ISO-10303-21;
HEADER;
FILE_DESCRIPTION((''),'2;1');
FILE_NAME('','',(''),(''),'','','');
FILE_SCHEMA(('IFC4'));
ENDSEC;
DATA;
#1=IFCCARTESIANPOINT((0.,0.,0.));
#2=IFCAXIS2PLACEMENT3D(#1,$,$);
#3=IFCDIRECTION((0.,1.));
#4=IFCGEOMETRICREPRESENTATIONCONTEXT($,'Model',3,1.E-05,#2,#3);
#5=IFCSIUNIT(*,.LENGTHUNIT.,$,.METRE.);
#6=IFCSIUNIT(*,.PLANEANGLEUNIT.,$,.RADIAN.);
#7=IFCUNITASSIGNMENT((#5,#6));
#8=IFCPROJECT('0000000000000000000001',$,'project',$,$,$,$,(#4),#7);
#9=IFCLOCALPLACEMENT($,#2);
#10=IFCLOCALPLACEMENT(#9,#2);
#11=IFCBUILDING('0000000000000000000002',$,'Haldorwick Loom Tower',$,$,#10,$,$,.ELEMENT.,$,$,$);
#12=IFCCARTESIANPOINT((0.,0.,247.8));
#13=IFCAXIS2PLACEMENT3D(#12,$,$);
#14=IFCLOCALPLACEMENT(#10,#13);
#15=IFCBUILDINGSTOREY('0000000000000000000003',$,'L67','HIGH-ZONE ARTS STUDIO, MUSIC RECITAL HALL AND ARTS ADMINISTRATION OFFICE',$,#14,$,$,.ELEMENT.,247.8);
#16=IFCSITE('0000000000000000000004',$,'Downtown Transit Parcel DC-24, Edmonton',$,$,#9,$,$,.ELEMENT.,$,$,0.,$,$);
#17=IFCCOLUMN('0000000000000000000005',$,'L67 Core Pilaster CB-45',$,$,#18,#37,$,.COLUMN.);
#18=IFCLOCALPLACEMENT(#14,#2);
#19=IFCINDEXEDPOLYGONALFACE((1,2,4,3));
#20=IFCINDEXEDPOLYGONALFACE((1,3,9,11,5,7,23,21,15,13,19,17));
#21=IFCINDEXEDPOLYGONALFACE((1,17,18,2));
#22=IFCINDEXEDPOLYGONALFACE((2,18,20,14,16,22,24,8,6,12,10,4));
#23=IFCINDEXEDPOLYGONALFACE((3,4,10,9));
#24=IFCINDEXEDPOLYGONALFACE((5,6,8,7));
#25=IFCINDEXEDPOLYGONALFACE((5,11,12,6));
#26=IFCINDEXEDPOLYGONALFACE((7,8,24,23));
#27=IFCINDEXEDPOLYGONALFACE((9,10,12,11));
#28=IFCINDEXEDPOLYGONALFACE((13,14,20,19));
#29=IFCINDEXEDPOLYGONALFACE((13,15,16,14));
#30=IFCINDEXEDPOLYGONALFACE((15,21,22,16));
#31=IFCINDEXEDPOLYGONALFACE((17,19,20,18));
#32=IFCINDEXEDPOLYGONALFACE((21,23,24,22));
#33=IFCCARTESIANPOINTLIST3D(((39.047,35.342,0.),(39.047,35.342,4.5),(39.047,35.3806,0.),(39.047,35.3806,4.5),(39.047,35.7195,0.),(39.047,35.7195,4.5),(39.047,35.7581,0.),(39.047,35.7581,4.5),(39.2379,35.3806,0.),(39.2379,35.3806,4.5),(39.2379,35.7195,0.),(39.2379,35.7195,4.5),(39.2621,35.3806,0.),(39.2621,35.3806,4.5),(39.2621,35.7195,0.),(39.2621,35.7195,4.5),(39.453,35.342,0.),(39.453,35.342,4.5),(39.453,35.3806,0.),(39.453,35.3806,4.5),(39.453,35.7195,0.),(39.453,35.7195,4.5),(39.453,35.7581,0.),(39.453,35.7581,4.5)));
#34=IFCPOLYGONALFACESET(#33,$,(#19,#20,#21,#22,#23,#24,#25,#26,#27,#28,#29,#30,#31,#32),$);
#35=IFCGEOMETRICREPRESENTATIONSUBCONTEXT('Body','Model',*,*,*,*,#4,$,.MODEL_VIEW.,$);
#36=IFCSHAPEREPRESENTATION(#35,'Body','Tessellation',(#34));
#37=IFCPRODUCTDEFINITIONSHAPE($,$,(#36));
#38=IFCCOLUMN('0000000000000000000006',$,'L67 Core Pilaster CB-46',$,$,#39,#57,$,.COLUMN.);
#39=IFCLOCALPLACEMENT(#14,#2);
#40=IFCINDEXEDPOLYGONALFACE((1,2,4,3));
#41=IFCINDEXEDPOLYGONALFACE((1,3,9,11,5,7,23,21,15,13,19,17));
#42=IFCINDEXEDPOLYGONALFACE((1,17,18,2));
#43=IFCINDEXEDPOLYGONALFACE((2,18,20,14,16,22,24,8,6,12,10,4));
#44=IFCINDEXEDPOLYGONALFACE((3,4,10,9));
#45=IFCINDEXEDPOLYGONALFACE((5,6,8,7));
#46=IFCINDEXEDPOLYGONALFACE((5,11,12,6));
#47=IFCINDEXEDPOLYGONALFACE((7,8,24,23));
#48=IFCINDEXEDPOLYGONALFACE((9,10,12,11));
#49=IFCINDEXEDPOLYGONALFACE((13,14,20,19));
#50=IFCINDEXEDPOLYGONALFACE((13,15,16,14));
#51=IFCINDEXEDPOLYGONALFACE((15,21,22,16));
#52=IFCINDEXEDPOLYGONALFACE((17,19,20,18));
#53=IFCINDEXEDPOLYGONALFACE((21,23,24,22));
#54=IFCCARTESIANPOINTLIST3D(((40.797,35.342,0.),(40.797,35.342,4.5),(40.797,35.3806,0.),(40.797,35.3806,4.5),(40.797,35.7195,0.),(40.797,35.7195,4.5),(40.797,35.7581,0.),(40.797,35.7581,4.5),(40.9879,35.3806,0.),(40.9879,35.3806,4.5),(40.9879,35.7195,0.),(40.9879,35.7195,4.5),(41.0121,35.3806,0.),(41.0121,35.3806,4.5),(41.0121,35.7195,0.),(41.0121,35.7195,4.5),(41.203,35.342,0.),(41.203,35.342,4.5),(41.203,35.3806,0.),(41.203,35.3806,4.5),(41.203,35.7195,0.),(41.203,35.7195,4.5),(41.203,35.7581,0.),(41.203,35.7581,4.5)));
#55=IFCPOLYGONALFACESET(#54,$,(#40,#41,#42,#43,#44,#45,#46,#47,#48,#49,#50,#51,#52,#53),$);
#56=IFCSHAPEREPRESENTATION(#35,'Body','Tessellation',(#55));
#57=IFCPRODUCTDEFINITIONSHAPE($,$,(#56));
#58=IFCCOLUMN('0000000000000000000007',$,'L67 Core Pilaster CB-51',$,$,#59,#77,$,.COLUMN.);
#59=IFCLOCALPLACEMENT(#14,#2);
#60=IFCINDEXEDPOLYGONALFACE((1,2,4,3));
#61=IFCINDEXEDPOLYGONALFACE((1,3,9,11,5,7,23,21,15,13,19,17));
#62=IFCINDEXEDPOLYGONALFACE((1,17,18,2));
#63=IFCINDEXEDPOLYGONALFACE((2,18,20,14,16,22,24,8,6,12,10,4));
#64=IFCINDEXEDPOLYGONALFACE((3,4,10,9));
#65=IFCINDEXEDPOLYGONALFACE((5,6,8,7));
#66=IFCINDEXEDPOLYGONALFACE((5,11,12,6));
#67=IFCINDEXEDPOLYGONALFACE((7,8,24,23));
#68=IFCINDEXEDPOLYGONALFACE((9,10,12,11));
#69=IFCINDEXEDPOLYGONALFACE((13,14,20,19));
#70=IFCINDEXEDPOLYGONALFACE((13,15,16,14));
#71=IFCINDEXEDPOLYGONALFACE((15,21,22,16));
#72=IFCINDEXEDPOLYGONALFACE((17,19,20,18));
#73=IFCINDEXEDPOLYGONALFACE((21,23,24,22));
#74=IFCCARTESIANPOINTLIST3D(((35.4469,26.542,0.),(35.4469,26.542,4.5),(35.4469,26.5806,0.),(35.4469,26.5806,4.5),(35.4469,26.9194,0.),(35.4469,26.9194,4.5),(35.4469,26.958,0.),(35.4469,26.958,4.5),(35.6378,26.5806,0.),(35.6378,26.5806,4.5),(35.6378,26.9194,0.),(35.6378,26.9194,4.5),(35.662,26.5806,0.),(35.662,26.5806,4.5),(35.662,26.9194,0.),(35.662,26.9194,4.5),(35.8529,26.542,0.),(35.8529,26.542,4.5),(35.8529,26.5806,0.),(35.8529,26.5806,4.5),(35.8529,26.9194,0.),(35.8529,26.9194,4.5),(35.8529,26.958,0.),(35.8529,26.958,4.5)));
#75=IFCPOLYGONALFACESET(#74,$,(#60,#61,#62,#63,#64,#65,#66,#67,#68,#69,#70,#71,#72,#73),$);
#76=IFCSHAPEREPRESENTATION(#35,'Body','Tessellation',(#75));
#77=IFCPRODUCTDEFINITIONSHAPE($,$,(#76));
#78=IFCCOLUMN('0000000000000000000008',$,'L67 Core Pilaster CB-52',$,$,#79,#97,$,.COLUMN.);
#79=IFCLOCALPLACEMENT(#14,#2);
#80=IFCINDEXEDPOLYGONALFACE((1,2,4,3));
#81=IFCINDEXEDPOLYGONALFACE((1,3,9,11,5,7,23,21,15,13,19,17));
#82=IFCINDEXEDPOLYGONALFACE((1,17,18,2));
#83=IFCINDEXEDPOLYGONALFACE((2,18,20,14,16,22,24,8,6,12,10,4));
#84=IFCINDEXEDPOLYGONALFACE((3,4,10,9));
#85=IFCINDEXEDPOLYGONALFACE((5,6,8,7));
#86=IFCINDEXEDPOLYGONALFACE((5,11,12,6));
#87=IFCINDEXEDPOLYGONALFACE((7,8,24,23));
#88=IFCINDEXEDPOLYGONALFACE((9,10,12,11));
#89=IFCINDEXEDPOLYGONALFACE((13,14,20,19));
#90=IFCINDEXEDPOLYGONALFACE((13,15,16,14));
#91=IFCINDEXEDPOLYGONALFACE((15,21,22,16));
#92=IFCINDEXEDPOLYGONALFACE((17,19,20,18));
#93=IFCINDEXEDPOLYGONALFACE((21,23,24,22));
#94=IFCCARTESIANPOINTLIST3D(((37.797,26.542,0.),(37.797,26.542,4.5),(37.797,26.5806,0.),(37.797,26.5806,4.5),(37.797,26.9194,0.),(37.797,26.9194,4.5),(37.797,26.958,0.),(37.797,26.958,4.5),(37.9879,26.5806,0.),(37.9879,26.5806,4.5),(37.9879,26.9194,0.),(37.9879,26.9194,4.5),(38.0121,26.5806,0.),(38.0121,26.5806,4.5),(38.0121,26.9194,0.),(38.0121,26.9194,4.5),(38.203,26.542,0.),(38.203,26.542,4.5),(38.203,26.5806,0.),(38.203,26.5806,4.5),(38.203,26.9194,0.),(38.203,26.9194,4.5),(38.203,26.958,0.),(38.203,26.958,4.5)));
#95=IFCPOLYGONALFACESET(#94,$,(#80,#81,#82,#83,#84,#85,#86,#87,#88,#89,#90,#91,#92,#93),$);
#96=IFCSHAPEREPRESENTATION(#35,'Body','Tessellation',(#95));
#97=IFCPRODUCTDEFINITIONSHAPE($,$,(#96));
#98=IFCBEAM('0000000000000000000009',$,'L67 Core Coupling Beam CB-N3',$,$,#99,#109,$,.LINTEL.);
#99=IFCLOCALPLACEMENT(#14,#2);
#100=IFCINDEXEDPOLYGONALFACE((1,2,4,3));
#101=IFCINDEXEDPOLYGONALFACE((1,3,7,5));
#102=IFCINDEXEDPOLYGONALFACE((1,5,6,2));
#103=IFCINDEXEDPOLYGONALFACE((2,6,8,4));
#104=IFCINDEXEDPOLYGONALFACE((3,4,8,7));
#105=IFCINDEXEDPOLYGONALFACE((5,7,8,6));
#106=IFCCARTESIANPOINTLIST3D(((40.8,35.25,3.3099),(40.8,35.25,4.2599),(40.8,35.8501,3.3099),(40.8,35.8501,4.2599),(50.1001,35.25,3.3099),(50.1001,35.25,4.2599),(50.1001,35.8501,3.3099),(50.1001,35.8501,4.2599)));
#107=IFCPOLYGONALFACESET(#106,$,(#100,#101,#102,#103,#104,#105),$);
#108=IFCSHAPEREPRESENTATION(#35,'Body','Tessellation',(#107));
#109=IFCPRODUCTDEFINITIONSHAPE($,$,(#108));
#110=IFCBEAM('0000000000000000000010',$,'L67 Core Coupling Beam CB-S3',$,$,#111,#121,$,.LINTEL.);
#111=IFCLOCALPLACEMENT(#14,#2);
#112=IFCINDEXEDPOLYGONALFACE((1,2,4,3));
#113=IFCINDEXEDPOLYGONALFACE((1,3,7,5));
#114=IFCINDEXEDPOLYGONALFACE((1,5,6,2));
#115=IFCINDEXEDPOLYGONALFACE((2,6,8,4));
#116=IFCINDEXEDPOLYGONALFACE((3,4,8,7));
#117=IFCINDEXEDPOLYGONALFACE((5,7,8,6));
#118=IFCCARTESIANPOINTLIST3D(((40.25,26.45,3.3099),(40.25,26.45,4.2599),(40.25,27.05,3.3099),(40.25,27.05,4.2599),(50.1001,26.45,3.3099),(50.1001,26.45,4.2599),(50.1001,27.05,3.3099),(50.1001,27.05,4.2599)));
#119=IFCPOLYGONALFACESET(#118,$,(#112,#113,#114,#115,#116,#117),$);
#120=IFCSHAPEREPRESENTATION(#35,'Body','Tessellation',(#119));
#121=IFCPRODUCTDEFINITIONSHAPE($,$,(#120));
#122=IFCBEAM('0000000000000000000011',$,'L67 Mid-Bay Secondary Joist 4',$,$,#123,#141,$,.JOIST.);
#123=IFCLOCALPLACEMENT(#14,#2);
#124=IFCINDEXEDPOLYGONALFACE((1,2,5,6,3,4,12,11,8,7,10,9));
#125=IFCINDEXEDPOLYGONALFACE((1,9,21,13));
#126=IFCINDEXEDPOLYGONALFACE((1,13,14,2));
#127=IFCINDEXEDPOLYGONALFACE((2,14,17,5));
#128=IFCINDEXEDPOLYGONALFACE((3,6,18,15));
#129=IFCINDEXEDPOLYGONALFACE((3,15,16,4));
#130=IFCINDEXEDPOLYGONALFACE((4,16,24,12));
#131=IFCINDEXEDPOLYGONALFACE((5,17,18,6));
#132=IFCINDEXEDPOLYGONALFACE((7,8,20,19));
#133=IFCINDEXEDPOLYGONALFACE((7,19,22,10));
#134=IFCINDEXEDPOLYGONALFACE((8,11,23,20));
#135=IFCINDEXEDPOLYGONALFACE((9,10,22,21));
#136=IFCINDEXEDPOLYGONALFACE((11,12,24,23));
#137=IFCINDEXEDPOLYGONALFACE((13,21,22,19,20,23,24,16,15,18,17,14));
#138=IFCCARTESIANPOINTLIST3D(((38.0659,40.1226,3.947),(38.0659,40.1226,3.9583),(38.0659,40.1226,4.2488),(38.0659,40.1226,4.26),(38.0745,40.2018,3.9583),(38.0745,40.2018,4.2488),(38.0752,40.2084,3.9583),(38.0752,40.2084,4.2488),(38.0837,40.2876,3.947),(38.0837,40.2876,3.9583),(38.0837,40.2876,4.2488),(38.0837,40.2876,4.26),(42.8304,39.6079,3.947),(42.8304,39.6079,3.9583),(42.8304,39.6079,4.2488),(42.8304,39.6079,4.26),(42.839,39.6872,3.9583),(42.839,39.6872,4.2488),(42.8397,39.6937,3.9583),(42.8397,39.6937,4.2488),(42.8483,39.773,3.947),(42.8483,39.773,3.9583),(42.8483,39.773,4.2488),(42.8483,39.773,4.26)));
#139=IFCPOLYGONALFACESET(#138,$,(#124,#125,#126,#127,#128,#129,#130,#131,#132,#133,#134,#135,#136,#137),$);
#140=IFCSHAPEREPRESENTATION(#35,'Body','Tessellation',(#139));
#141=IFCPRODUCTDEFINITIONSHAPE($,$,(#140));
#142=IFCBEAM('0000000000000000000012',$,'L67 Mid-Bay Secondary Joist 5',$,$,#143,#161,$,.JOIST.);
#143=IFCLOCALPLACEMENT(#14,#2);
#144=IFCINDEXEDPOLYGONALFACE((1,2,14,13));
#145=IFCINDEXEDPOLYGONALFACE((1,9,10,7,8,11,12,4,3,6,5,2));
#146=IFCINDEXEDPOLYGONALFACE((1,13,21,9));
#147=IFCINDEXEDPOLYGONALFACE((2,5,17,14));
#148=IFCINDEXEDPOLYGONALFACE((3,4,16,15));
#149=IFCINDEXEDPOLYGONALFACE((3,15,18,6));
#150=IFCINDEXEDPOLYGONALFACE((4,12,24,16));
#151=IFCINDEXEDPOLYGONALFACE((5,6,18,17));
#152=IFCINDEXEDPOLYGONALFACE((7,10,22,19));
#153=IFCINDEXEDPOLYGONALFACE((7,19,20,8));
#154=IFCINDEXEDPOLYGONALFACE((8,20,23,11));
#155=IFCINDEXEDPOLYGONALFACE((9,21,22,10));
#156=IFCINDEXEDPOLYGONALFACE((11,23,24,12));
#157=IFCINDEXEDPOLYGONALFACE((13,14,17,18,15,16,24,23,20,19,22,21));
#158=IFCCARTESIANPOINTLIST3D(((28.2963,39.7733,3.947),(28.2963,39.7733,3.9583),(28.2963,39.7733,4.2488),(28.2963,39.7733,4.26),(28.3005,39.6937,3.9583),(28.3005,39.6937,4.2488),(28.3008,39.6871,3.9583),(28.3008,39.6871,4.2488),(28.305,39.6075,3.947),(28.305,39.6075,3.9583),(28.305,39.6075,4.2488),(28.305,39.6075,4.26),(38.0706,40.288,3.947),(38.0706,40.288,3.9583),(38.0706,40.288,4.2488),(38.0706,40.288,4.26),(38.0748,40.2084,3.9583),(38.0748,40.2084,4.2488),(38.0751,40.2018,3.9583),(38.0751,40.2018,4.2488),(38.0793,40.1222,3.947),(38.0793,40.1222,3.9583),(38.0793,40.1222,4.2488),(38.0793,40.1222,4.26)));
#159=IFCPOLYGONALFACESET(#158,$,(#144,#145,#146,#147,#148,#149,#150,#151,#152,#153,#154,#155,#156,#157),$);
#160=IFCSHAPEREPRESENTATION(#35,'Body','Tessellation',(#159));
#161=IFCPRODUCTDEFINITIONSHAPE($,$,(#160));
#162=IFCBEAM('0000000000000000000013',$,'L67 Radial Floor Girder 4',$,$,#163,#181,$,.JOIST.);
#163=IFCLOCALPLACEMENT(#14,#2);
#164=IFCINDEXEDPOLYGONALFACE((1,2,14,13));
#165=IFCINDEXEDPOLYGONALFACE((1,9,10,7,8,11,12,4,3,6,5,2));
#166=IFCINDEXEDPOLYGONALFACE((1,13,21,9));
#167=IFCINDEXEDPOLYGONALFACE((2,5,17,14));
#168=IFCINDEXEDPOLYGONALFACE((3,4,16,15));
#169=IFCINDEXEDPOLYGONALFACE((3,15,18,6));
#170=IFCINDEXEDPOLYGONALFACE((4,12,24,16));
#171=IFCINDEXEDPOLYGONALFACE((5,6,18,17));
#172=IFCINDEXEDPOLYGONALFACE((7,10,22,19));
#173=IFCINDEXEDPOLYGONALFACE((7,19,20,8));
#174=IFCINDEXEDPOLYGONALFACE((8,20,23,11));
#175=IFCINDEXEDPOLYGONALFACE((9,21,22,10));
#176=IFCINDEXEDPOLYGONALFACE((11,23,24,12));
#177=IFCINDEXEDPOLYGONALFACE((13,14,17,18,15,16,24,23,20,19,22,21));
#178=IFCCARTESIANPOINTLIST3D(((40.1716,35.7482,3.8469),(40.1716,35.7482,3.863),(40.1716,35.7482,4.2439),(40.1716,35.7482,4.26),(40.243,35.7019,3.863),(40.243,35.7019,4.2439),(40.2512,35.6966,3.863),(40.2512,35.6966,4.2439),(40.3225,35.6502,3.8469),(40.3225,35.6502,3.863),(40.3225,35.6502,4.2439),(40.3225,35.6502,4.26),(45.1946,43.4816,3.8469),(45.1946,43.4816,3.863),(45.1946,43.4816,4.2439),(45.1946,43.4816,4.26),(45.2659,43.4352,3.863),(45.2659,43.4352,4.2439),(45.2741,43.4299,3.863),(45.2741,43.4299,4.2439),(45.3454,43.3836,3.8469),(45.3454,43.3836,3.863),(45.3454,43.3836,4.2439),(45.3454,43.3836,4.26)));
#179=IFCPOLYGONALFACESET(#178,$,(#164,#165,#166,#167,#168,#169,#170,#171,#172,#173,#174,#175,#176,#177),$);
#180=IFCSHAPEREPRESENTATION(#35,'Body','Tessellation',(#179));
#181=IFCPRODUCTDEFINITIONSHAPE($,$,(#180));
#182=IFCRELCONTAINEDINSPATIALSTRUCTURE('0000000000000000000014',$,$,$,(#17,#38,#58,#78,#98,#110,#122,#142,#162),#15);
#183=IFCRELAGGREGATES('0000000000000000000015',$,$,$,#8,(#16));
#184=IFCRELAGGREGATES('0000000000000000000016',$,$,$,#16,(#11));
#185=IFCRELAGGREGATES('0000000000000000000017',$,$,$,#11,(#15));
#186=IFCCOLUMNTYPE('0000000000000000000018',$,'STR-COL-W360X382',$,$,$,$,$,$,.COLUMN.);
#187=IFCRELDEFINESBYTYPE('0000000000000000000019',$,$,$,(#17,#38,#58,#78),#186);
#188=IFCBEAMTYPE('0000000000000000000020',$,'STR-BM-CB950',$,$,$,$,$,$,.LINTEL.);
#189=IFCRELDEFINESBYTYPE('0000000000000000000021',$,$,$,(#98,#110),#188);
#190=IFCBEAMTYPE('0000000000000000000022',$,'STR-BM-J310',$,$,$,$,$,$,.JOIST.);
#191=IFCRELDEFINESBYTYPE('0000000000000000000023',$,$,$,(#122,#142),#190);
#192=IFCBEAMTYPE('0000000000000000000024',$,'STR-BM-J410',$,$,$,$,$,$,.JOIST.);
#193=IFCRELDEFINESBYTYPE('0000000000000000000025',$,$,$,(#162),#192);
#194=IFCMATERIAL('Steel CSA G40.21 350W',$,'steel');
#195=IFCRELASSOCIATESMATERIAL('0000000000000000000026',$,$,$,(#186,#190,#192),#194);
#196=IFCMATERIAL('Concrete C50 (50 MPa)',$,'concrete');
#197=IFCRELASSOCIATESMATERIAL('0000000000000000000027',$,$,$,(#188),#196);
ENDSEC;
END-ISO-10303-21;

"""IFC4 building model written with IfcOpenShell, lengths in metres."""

from ifc_helpers import new_model, si_unit, direction, frame, origin, origin_2d, place, context, subcontext, project, spatial, rectangle, i_section, extrude, material, material_profile, profile_set, type_object, element, save


model = new_model("IFC4")

# Units and contexts
model_context = context("Model", 3, precision=1e-05, world=origin(), true_north=direction((0.0, 1.0)))
body_context = subcontext(model_context, "Body", "Model", "MODEL_VIEW")
ifc_project = project(units=[si_unit("LENGTHUNIT", "METRE"), si_unit("PLANEANGLEUNIT", "RADIAN")], contexts=[model_context])

# Site, building, storey
site_placement = place(None, origin())
site = spatial("IfcSite", under=ifc_project, at=site_placement, Name="Downtown Transit Parcel DC-24, Edmonton", CompositionType="ELEMENT", RefElevation=0.0)
building_placement = place(site_placement, origin())
building = spatial("IfcBuilding", under=site, at=building_placement, Name="Haldorwick Loom Tower", CompositionType="ELEMENT")
storey_placement = place(building_placement, frame((0.0, 0.0, 247.8)))
storey = spatial("IfcBuildingStorey", under=building, at=storey_placement, Name="L67", Description="HIGH-ZONE ARTS STUDIO, MUSIC RECITAL HALL AND ARTS ADMINISTRATION OFFICE", CompositionType="ELEMENT", Elevation=247.8)

# Columns
ifc_material_1 = material(Name="Steel CSA G40.21 350W", Category="steel")
ifc_material_profile_1 = material_profile(ifc_material_1, i_section(OverallWidth=0.406, OverallDepth=0.416, WebThickness=0.0242, FlangeThickness=0.0386, at=origin_2d()), Name="W360X382", Category="steel")
ifc_profile_set_1 = profile_set([ifc_material_profile_1], Name="Steel CSA G40.21 350W")
column_type_1 = type_object("IfcColumnType", Name="STR-COL-W360X382", PredefinedType="COLUMN", material=ifc_profile_set_1)
for number, where, z_axis, x_axis, name in (
    (1, (39.25, 35.55, 0.0), (0.0, 0.0, 1.0), (1.0, 0.0, 0.0), "L67 Core Pilaster CB-45"),
    (2, (41.0, 35.55, 0.0), (0.0, 0.0, 1.0), (1.0, 0.0, 0.0), "L67 Core Pilaster CB-46"),
    (3, (35.6499, 26.75, 0.0), (0.0, 0.0, 1.0), (1.0, 0.0, 0.0), "L67 Core Pilaster CB-51"),
    (4, (38.0, 26.75, 0.0), (0.0, 0.0, 1.0), (1.0, 0.0, 0.0), "L67 Core Pilaster CB-52"),
):
    element("IfcColumn", number, at=place(storey_placement, frame(where, z_axis=z_axis, x_axis=x_axis)), inside=storey, type_object=column_type_1, Name=name, PredefinedType="COLUMN", context=body_context, shape_type="SweptSolid", body=[
        extrude(i_section(OverallWidth=0.406, OverallDepth=0.416, WebThickness=0.0242, FlangeThickness=0.0386, at=origin_2d()), origin(), (0.0, 0.0, 1.0), 4.5),
    ])

# Beams
ifc_material_2 = material(Name="Concrete C50 (50 MPa)", Category="concrete")
ifc_material_profile_2 = material_profile(ifc_material_2, rectangle(XDim=0.6001, YDim=0.95, at=origin_2d()), Name="RC600X950", Category="concrete")
ifc_profile_set_2 = profile_set([ifc_material_profile_2], Name="Concrete C50 (50 MPa)")
beam_type_1 = type_object("IfcBeamType", Name="STR-BM-CB950", PredefinedType="LINTEL", material=ifc_profile_set_2)
beam_1_placement = place(storey_placement, frame((40.8, 35.55, 3.7849), z_axis=(1.0, 0.0, 0.0), x_axis=(0.0, 1.0, 0.0)))
element("IfcBeam", 5, at=beam_1_placement, inside=storey, type_object=beam_type_1, Name="L67 Core Coupling Beam CB-N3", PredefinedType="LINTEL", context=body_context, shape_type="SweptSolid", body=[
    extrude(rectangle(XDim=0.6001, YDim=0.95, at=origin_2d()), origin(), (0.0, 0.0, 1.0), 9.3),
])
beam_2_placement = place(storey_placement, frame((40.25, 26.75, 3.7849), z_axis=(1.0, 0.0, 0.0), x_axis=(0.0, 1.0, 0.0)))
element("IfcBeam", 6, at=beam_2_placement, inside=storey, type_object=beam_type_1, Name="L67 Core Coupling Beam CB-S3", PredefinedType="LINTEL", context=body_context, shape_type="SweptSolid", body=[
    extrude(rectangle(XDim=0.6001, YDim=0.95, at=origin_2d()), origin(), (0.0, 0.0, 1.0), 9.8501),
])
ifc_material_profile_3 = material_profile(ifc_material_1, i_section(OverallWidth=0.166, OverallDepth=0.313, WebThickness=0.0066, FlangeThickness=0.0112, at=origin_2d()), Name="W310X45", Category="steel")
ifc_profile_set_3 = profile_set([ifc_material_profile_3], Name="Steel CSA G40.21 350W")
beam_type_2 = type_object("IfcBeamType", Name="STR-BM-J310", PredefinedType="JOIST", material=ifc_profile_set_3)
beam_3_placement = place(storey_placement, frame((42.8394, 39.6904, 4.1035), z_axis=(-0.994216, 0.107395, 0.0), x_axis=(-0.107395, -0.994216, 0.0)))
element("IfcBeam", 7, at=beam_3_placement, inside=storey, type_object=beam_type_2, Name="L67 Mid-Bay Secondary Joist 4", PredefinedType="JOIST", context=body_context, shape_type="SweptSolid", body=[
    extrude(i_section(OverallWidth=0.166, OverallDepth=0.313, WebThickness=0.0066, FlangeThickness=0.0112, at=origin_2d()), origin(), (0.0, 0.0, 1.0), 4.7922),
])
beam_4_placement = place(storey_placement, frame((38.075, 40.2051, 4.1035), z_axis=(-0.998617, -0.05258, 0.0), x_axis=(0.05258, -0.998617, 0.0)))
element("IfcBeam", 8, at=beam_4_placement, inside=storey, type_object=beam_type_2, Name="L67 Mid-Bay Secondary Joist 5", PredefinedType="JOIST", context=body_context, shape_type="SweptSolid", body=[
    extrude(i_section(OverallWidth=0.166, OverallDepth=0.313, WebThickness=0.0066, FlangeThickness=0.0112, at=origin_2d()), origin(), (0.0, 0.0, 1.0), 9.7878),
])
ifc_material_profile_4 = material_profile(ifc_material_1, i_section(OverallWidth=0.1799, OverallDepth=0.4131, WebThickness=0.0098, FlangeThickness=0.0161, at=origin_2d()), Name="W410X74", Category="steel")
ifc_profile_set_4 = profile_set([ifc_material_profile_4], Name="Steel CSA G40.21 350W")
beam_type_3 = type_object("IfcBeamType", Name="STR-BM-J410", PredefinedType="JOIST", material=ifc_profile_set_4)
beam_5_placement = place(storey_placement, frame((40.2471, 35.6992, 4.0535), z_axis=(0.544702, 0.83863, 0.0), x_axis=(-0.83863, 0.544702, 0.0)))
element("IfcBeam", 9, at=beam_5_placement, inside=storey, type_object=beam_type_3, Name="L67 Radial Floor Girder 4", PredefinedType="JOIST", context=body_context, shape_type="SweptSolid", body=[
    extrude(i_section(OverallWidth=0.1799, OverallDepth=0.4131, WebThickness=0.0098, FlangeThickness=0.0161, at=origin_2d()), origin(), (0.0, 0.0, 1.0), 9.2214),
])

save(model, "model.ifc")
